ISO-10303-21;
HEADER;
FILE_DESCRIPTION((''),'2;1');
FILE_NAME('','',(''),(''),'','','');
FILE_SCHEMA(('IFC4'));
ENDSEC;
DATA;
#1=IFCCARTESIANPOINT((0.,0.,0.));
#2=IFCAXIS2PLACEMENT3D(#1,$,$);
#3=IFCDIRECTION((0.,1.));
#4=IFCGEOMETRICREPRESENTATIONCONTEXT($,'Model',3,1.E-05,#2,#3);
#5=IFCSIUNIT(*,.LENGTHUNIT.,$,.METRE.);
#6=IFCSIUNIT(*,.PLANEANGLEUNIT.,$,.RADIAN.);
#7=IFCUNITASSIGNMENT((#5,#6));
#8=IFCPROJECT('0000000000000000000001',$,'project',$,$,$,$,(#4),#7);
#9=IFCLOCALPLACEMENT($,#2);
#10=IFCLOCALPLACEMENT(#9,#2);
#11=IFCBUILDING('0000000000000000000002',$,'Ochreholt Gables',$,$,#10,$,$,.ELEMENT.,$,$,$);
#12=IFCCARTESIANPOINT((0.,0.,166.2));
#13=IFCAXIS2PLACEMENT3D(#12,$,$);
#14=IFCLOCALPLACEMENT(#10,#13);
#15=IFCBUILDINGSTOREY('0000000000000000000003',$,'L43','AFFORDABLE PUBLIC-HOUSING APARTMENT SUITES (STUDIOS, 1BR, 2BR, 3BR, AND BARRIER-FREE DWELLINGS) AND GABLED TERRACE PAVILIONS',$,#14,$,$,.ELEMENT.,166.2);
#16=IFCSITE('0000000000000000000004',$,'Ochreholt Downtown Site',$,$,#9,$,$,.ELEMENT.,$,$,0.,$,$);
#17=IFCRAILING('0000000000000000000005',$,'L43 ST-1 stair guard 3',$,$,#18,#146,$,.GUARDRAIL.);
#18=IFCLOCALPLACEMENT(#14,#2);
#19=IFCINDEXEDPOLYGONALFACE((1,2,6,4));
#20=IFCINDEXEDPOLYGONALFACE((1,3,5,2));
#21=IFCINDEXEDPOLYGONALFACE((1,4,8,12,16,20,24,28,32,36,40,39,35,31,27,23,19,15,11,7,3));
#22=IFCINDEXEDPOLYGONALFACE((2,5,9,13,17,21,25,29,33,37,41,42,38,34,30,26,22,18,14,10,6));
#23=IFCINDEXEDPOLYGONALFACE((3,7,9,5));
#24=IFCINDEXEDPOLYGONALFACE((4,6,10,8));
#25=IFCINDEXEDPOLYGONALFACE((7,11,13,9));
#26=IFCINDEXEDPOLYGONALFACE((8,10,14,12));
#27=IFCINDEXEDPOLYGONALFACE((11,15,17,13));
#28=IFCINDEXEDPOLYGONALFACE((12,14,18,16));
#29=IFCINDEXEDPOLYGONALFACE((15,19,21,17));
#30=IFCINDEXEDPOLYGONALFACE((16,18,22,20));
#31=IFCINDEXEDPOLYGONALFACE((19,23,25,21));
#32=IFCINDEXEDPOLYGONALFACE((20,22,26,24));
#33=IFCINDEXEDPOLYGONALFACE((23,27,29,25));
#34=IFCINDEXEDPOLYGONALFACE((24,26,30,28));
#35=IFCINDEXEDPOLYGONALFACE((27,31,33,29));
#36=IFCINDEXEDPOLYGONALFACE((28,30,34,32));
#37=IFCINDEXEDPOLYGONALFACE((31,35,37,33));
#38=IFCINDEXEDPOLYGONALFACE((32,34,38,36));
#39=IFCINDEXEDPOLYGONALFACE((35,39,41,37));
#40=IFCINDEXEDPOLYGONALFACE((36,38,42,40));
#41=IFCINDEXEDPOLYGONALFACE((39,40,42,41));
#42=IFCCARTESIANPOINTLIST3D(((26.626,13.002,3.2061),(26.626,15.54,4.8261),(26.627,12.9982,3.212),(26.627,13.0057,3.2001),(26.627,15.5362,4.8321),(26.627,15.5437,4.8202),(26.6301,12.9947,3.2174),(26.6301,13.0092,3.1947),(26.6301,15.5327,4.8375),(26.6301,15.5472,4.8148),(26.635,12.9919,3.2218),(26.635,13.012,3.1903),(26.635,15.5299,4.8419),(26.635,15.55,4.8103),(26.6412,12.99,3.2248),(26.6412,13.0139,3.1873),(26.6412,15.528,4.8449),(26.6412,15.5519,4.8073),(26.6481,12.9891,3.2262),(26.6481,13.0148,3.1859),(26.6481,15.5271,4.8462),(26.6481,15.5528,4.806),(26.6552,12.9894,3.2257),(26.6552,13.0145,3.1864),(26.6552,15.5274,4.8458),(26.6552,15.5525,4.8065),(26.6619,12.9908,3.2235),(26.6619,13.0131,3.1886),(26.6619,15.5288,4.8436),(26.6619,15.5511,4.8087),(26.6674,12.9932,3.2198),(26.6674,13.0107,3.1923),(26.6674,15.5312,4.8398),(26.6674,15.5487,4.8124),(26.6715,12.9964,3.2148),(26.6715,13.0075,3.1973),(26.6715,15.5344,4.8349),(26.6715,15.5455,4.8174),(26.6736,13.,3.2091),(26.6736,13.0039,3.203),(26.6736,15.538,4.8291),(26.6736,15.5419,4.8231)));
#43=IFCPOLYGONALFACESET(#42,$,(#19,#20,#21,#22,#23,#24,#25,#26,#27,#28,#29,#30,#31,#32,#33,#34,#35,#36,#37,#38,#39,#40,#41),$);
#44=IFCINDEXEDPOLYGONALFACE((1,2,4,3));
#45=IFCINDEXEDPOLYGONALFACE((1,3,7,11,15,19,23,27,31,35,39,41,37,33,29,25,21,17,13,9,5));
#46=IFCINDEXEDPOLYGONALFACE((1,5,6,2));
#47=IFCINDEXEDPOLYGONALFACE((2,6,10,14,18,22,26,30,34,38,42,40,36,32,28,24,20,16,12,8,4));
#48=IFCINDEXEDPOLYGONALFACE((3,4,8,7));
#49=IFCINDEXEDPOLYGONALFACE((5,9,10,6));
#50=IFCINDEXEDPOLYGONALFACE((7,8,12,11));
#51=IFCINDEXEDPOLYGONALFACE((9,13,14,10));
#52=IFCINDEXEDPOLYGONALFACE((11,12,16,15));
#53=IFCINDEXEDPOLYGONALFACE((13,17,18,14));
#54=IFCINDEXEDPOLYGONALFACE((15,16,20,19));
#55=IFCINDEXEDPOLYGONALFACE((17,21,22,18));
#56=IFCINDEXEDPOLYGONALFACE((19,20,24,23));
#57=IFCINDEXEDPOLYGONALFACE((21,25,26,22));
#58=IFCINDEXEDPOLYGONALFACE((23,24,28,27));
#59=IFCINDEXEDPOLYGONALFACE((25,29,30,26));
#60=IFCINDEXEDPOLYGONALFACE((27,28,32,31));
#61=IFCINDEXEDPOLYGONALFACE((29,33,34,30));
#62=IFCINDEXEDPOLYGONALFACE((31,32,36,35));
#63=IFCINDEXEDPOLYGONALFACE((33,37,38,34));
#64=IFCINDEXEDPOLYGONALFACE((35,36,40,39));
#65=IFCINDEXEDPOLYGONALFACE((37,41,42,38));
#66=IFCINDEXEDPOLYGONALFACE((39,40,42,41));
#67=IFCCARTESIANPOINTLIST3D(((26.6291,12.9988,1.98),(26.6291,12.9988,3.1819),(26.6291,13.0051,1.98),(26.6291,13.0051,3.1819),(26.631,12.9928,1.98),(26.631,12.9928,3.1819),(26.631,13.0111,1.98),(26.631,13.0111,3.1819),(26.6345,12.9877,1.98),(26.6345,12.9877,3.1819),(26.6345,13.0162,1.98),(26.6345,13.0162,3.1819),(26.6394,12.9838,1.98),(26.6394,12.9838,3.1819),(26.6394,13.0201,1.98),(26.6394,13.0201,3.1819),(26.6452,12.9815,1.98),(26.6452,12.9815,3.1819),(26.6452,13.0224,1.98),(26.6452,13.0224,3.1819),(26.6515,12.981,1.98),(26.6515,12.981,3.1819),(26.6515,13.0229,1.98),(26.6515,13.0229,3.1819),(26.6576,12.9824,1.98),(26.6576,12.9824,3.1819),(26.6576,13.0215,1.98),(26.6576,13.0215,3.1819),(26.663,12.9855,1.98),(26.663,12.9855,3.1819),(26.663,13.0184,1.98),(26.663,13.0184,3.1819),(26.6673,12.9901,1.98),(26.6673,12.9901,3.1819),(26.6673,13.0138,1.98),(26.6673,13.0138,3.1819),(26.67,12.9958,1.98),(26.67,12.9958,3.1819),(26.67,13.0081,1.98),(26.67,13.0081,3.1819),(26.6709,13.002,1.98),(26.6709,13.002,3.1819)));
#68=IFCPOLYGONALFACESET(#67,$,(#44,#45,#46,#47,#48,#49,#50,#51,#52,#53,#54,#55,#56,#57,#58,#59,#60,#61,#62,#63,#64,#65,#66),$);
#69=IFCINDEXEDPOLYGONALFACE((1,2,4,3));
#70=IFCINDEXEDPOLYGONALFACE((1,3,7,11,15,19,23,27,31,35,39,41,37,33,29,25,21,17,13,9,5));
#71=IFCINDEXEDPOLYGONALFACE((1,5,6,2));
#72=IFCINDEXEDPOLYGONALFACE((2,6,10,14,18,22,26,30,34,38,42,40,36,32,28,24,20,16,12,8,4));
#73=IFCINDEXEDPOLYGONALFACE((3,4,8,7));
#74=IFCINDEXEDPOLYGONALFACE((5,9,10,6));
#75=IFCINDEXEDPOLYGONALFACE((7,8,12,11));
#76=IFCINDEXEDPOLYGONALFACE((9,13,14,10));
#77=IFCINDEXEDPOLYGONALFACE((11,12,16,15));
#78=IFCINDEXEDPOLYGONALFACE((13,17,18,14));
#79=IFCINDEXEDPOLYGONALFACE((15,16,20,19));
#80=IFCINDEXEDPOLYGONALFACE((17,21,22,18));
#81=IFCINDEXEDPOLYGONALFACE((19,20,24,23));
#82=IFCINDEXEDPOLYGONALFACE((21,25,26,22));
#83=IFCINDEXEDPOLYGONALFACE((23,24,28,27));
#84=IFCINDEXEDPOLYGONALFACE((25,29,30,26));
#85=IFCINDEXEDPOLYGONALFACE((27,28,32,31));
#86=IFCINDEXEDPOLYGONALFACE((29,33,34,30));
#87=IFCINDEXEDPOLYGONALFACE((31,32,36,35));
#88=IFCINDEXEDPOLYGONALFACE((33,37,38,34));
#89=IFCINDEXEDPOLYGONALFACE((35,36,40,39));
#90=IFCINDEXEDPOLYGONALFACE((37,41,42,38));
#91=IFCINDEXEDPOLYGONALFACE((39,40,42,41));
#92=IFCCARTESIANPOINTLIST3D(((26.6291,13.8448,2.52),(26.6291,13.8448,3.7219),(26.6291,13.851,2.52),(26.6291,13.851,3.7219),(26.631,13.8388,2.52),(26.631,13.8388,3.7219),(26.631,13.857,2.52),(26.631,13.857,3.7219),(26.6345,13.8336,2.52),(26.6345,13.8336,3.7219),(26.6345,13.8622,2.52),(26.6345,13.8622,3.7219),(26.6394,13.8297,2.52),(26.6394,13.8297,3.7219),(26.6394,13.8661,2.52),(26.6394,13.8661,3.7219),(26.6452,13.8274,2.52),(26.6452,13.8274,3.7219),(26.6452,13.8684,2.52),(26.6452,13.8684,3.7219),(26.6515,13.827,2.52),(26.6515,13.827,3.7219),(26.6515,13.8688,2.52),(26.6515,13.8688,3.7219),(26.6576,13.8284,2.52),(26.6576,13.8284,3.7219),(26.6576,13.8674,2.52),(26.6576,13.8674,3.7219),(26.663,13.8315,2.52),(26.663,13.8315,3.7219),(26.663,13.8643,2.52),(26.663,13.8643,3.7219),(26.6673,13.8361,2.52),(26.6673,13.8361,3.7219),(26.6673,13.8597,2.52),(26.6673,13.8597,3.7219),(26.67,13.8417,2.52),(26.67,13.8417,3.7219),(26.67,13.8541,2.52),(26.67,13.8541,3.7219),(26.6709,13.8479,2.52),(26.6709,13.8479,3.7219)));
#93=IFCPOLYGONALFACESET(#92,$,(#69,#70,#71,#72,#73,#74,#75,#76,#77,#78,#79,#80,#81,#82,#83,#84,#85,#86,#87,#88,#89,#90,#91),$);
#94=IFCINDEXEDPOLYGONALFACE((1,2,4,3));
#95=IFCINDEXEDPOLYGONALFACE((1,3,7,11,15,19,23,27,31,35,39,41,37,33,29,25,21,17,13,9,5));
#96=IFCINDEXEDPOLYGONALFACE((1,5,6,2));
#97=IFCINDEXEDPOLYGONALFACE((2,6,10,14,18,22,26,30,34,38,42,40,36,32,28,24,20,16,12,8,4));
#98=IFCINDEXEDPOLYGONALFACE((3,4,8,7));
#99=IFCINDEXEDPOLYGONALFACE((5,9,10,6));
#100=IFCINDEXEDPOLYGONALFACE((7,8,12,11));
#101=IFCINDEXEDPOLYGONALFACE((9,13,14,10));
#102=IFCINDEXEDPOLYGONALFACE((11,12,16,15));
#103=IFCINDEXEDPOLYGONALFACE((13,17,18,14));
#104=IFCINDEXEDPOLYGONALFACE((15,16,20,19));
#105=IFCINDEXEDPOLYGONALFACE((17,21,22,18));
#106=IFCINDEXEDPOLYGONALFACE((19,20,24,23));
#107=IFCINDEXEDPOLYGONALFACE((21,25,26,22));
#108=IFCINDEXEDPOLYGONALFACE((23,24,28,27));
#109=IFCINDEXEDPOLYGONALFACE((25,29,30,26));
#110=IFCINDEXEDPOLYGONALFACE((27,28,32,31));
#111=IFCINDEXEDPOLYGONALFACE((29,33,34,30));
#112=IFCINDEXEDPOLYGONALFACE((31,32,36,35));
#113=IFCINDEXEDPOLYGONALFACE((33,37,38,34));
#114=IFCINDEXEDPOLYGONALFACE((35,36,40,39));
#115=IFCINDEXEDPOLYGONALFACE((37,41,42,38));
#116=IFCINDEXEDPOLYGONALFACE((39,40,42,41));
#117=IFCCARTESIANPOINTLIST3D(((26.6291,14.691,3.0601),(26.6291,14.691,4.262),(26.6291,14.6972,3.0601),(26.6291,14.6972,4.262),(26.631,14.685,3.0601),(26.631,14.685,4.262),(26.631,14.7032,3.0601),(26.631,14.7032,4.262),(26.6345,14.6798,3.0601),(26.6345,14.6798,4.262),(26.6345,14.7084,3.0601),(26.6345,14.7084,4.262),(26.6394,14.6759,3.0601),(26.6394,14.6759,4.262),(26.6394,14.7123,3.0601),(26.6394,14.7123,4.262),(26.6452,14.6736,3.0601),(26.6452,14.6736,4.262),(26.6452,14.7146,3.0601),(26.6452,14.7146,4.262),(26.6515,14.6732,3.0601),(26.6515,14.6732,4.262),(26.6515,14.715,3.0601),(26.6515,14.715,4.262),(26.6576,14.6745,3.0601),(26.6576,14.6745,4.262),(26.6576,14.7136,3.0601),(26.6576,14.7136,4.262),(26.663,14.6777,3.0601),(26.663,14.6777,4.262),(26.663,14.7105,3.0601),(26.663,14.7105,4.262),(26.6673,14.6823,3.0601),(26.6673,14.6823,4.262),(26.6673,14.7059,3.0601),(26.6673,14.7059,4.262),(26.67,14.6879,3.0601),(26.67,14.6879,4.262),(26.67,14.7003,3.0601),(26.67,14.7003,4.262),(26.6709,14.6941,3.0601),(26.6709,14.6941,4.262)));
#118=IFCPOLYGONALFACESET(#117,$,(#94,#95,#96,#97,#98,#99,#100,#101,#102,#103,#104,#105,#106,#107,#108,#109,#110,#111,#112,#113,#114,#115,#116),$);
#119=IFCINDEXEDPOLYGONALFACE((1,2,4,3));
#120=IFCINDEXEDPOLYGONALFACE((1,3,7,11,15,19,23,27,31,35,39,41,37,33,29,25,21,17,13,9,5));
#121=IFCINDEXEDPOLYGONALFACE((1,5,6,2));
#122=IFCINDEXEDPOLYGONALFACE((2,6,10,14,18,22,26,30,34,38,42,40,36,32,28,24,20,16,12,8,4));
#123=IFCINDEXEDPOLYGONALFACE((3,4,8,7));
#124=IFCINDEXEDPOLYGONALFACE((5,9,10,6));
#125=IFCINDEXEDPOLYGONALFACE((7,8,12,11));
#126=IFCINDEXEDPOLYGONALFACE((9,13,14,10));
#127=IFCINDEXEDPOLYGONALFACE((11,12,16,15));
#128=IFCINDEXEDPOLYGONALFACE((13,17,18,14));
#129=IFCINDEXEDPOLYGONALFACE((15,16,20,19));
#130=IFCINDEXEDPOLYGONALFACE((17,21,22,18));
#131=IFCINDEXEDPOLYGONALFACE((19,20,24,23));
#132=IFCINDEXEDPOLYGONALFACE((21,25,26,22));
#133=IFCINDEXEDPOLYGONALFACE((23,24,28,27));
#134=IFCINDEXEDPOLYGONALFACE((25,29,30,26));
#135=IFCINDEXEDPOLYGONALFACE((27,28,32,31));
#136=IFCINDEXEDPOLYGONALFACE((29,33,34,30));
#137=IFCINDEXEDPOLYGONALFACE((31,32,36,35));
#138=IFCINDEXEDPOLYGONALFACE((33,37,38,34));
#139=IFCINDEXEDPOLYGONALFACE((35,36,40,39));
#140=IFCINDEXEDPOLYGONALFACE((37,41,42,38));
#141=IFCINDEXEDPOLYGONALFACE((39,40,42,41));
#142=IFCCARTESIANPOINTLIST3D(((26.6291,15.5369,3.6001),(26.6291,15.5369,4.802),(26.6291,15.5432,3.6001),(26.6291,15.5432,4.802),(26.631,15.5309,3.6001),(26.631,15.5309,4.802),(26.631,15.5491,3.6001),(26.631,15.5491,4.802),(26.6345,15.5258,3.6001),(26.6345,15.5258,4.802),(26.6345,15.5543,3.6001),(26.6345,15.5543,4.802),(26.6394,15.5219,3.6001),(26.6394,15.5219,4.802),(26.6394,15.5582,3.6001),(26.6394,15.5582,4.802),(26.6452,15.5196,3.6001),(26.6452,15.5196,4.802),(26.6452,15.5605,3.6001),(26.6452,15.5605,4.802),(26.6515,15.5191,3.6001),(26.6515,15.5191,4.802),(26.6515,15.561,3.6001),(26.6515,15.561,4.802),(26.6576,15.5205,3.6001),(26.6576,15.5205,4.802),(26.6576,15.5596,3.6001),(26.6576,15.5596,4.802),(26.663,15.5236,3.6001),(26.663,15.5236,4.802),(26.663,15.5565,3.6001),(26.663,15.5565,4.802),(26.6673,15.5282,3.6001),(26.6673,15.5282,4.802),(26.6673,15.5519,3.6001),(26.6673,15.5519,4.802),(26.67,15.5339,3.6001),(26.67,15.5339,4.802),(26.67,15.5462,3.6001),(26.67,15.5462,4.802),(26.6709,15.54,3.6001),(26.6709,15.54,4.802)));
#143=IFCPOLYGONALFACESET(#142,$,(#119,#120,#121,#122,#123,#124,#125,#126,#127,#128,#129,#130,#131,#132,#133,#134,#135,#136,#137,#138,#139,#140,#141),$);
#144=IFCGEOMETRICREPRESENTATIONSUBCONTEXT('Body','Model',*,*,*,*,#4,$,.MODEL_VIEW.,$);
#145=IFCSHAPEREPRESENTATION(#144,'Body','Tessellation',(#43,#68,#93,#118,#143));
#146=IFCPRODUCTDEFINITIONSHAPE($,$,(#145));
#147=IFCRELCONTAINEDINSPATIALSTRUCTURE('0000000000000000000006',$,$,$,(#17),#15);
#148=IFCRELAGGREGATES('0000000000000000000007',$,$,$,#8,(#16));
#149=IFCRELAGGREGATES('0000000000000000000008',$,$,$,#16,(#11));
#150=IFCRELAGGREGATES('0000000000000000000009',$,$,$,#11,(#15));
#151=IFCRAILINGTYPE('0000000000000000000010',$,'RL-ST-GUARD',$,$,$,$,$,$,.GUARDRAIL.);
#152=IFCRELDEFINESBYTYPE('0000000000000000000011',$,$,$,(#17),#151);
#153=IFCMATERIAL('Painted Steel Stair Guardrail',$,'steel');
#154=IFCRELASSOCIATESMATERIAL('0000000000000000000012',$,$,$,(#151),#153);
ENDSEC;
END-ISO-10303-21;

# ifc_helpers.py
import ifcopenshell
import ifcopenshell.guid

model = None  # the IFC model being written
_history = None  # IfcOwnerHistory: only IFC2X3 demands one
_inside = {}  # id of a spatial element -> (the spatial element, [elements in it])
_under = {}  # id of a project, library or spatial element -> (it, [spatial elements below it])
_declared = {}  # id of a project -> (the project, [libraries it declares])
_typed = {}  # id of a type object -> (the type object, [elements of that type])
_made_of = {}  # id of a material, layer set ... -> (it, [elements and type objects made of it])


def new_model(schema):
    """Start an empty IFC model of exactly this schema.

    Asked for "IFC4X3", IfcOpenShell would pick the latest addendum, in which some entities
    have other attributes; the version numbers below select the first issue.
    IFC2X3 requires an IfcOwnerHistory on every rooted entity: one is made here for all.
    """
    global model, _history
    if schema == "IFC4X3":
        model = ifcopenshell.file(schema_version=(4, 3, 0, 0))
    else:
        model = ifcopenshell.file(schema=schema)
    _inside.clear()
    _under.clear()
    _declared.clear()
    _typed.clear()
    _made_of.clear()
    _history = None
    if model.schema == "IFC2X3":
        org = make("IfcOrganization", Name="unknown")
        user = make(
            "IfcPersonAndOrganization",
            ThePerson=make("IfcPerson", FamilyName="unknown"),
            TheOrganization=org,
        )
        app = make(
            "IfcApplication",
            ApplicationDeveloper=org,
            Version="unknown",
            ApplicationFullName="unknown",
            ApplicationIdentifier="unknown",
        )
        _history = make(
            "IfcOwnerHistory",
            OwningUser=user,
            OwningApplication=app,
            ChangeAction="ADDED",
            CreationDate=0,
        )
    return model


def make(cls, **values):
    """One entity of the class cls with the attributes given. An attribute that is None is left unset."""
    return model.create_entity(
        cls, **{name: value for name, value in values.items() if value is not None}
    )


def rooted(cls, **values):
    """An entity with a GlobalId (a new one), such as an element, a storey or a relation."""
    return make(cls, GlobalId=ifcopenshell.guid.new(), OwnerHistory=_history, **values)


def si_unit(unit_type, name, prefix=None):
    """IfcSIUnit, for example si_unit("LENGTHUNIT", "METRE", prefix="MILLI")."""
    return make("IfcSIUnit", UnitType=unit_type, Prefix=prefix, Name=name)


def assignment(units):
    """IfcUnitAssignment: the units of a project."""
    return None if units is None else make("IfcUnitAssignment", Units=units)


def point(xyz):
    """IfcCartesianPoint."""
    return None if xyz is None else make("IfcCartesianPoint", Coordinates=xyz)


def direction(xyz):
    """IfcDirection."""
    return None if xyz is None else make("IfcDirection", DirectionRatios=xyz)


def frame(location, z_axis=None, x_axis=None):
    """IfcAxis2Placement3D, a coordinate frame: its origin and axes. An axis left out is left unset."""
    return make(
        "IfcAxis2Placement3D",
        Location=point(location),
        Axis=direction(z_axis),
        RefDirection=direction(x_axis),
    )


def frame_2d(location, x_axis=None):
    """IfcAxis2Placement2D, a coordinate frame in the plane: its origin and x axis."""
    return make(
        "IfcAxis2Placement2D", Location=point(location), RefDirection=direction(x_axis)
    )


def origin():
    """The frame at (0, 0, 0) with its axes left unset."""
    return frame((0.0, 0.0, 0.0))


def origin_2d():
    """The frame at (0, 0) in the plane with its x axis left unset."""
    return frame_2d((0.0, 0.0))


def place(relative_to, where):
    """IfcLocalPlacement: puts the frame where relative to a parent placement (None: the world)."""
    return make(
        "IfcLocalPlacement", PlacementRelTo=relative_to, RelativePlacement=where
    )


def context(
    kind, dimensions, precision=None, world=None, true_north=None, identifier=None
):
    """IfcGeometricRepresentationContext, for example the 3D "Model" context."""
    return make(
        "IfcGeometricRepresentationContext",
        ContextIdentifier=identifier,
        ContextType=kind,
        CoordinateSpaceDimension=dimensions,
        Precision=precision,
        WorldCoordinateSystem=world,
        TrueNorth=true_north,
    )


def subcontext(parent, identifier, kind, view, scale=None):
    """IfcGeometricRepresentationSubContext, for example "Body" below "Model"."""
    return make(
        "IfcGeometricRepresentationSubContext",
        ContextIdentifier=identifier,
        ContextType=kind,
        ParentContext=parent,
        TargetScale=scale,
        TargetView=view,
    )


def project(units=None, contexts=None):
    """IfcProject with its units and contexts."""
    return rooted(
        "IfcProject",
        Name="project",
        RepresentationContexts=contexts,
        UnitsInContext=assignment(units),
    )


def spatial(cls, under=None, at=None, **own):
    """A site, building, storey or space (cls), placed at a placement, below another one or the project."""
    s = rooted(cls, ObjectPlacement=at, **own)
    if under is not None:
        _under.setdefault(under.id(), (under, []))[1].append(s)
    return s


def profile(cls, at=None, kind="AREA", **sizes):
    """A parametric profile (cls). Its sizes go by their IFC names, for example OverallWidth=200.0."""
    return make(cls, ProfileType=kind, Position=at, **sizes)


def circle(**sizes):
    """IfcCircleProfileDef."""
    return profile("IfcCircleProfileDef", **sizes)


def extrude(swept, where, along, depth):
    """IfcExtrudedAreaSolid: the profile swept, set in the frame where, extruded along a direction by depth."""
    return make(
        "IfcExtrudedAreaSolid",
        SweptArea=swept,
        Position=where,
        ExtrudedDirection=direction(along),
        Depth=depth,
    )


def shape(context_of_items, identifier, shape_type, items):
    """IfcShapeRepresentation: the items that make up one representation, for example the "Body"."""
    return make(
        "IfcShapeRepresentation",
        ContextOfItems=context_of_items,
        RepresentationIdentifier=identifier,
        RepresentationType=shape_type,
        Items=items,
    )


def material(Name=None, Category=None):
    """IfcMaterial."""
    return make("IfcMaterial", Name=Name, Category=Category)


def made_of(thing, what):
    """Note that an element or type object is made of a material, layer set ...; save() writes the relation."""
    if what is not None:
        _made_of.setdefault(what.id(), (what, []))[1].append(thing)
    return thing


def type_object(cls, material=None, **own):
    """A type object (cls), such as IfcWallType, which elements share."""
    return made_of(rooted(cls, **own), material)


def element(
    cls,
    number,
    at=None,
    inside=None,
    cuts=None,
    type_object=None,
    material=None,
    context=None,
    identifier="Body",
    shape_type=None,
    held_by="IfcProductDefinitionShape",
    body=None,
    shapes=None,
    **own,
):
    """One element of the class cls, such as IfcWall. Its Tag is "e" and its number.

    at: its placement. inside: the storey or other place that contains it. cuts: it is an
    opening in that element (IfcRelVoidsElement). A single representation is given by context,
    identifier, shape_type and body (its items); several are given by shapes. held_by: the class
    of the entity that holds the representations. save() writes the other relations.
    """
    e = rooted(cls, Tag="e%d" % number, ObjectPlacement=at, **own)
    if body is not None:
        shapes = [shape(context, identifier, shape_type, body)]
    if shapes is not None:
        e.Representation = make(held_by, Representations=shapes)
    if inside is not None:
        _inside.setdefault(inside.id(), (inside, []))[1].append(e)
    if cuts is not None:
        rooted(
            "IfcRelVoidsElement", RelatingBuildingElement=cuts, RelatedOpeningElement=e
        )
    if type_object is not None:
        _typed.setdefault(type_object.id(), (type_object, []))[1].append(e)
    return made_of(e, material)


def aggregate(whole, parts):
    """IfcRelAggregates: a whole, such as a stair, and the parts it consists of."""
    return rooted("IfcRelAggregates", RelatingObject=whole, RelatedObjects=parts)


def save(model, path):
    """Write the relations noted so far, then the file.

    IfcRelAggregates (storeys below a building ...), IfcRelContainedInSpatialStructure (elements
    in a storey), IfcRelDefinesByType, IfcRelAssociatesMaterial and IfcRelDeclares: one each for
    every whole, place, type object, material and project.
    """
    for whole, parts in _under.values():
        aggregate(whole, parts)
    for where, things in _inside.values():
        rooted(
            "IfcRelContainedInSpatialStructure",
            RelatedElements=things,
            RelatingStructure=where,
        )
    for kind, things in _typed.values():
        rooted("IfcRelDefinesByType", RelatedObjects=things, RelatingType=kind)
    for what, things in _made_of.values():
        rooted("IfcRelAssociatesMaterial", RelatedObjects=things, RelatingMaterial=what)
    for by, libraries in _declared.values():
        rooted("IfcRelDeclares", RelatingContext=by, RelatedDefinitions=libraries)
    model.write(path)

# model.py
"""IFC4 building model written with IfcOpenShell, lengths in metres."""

from ifc_helpers import new_model, si_unit, direction, frame, origin, origin_2d, place, context, subcontext, project, spatial, circle, extrude, material, type_object, element, save


model = new_model("IFC4")

# Units and contexts
model_context = context("Model", 3, precision=1e-05, world=origin(), true_north=direction((0.0, 1.0)))
body_context = subcontext(model_context, "Body", "Model", "MODEL_VIEW")
ifc_project = project(units=[si_unit("LENGTHUNIT", "METRE"), si_unit("PLANEANGLEUNIT", "RADIAN")], contexts=[model_context])

# Site, building, storey
site_placement = place(None, origin())
site = spatial("IfcSite", under=ifc_project, at=site_placement, Name="Ochreholt Downtown Site", CompositionType="ELEMENT", RefElevation=0.0)
building_placement = place(site_placement, origin())
building = spatial("IfcBuilding", under=site, at=building_placement, Name="Ochreholt Gables", CompositionType="ELEMENT")
storey_placement = place(building_placement, frame((0.0, 0.0, 166.2)))
storey = spatial("IfcBuildingStorey", under=building, at=storey_placement, Name="L43", Description="AFFORDABLE PUBLIC-HOUSING APARTMENT SUITES (STUDIOS, 1BR, 2BR, 3BR, AND BARRIER-FREE DWELLINGS) AND GABLED TERRACE PAVILIONS", CompositionType="ELEMENT", Elevation=166.2)

# Railing
ifc_material_1 = material(Name="Painted Steel Stair Guardrail", Category="steel")
railing_type_1 = type_object("IfcRailingType", Name="RL-ST-GUARD", PredefinedType="GUARDRAIL", material=ifc_material_1)
railing_1_placement = place(storey_placement, frame((26.6499, 13.002, 1.98)))
element("IfcRailing", 1, at=railing_1_placement, inside=storey, type_object=railing_type_1, Name="L43 ST-1 stair guard 3", PredefinedType="GUARDRAIL", context=body_context, shape_type="SweptSolid", body=[
    extrude(circle(Radius=0.0239, at=origin_2d()), frame((0.0, 0.0, 1.2261), z_axis=(0.0, 0.842913, 0.53805), x_axis=(-1.0, 0.0, 0.0)), (0.0, 0.0, 1.0), 3.011),
    extrude(circle(Radius=0.021, at=origin_2d()), origin(), (0.0, 0.0, 1.0), 1.2019),
    extrude(circle(Radius=0.021, at=origin_2d()), frame((0.0, 0.8459, 0.54)), (0.0, 0.0, 1.0), 1.2019),
    extrude(circle(Radius=0.021, at=origin_2d()), frame((0.0, 1.6921, 1.0801)), (0.0, 0.0, 1.0), 1.2019),
    extrude(circle(Radius=0.021, at=origin_2d()), frame((0.0, 2.5381, 1.6201)), (0.0, 0.0, 1.0), 1.2019),
])

save(model, "model.ifc")
